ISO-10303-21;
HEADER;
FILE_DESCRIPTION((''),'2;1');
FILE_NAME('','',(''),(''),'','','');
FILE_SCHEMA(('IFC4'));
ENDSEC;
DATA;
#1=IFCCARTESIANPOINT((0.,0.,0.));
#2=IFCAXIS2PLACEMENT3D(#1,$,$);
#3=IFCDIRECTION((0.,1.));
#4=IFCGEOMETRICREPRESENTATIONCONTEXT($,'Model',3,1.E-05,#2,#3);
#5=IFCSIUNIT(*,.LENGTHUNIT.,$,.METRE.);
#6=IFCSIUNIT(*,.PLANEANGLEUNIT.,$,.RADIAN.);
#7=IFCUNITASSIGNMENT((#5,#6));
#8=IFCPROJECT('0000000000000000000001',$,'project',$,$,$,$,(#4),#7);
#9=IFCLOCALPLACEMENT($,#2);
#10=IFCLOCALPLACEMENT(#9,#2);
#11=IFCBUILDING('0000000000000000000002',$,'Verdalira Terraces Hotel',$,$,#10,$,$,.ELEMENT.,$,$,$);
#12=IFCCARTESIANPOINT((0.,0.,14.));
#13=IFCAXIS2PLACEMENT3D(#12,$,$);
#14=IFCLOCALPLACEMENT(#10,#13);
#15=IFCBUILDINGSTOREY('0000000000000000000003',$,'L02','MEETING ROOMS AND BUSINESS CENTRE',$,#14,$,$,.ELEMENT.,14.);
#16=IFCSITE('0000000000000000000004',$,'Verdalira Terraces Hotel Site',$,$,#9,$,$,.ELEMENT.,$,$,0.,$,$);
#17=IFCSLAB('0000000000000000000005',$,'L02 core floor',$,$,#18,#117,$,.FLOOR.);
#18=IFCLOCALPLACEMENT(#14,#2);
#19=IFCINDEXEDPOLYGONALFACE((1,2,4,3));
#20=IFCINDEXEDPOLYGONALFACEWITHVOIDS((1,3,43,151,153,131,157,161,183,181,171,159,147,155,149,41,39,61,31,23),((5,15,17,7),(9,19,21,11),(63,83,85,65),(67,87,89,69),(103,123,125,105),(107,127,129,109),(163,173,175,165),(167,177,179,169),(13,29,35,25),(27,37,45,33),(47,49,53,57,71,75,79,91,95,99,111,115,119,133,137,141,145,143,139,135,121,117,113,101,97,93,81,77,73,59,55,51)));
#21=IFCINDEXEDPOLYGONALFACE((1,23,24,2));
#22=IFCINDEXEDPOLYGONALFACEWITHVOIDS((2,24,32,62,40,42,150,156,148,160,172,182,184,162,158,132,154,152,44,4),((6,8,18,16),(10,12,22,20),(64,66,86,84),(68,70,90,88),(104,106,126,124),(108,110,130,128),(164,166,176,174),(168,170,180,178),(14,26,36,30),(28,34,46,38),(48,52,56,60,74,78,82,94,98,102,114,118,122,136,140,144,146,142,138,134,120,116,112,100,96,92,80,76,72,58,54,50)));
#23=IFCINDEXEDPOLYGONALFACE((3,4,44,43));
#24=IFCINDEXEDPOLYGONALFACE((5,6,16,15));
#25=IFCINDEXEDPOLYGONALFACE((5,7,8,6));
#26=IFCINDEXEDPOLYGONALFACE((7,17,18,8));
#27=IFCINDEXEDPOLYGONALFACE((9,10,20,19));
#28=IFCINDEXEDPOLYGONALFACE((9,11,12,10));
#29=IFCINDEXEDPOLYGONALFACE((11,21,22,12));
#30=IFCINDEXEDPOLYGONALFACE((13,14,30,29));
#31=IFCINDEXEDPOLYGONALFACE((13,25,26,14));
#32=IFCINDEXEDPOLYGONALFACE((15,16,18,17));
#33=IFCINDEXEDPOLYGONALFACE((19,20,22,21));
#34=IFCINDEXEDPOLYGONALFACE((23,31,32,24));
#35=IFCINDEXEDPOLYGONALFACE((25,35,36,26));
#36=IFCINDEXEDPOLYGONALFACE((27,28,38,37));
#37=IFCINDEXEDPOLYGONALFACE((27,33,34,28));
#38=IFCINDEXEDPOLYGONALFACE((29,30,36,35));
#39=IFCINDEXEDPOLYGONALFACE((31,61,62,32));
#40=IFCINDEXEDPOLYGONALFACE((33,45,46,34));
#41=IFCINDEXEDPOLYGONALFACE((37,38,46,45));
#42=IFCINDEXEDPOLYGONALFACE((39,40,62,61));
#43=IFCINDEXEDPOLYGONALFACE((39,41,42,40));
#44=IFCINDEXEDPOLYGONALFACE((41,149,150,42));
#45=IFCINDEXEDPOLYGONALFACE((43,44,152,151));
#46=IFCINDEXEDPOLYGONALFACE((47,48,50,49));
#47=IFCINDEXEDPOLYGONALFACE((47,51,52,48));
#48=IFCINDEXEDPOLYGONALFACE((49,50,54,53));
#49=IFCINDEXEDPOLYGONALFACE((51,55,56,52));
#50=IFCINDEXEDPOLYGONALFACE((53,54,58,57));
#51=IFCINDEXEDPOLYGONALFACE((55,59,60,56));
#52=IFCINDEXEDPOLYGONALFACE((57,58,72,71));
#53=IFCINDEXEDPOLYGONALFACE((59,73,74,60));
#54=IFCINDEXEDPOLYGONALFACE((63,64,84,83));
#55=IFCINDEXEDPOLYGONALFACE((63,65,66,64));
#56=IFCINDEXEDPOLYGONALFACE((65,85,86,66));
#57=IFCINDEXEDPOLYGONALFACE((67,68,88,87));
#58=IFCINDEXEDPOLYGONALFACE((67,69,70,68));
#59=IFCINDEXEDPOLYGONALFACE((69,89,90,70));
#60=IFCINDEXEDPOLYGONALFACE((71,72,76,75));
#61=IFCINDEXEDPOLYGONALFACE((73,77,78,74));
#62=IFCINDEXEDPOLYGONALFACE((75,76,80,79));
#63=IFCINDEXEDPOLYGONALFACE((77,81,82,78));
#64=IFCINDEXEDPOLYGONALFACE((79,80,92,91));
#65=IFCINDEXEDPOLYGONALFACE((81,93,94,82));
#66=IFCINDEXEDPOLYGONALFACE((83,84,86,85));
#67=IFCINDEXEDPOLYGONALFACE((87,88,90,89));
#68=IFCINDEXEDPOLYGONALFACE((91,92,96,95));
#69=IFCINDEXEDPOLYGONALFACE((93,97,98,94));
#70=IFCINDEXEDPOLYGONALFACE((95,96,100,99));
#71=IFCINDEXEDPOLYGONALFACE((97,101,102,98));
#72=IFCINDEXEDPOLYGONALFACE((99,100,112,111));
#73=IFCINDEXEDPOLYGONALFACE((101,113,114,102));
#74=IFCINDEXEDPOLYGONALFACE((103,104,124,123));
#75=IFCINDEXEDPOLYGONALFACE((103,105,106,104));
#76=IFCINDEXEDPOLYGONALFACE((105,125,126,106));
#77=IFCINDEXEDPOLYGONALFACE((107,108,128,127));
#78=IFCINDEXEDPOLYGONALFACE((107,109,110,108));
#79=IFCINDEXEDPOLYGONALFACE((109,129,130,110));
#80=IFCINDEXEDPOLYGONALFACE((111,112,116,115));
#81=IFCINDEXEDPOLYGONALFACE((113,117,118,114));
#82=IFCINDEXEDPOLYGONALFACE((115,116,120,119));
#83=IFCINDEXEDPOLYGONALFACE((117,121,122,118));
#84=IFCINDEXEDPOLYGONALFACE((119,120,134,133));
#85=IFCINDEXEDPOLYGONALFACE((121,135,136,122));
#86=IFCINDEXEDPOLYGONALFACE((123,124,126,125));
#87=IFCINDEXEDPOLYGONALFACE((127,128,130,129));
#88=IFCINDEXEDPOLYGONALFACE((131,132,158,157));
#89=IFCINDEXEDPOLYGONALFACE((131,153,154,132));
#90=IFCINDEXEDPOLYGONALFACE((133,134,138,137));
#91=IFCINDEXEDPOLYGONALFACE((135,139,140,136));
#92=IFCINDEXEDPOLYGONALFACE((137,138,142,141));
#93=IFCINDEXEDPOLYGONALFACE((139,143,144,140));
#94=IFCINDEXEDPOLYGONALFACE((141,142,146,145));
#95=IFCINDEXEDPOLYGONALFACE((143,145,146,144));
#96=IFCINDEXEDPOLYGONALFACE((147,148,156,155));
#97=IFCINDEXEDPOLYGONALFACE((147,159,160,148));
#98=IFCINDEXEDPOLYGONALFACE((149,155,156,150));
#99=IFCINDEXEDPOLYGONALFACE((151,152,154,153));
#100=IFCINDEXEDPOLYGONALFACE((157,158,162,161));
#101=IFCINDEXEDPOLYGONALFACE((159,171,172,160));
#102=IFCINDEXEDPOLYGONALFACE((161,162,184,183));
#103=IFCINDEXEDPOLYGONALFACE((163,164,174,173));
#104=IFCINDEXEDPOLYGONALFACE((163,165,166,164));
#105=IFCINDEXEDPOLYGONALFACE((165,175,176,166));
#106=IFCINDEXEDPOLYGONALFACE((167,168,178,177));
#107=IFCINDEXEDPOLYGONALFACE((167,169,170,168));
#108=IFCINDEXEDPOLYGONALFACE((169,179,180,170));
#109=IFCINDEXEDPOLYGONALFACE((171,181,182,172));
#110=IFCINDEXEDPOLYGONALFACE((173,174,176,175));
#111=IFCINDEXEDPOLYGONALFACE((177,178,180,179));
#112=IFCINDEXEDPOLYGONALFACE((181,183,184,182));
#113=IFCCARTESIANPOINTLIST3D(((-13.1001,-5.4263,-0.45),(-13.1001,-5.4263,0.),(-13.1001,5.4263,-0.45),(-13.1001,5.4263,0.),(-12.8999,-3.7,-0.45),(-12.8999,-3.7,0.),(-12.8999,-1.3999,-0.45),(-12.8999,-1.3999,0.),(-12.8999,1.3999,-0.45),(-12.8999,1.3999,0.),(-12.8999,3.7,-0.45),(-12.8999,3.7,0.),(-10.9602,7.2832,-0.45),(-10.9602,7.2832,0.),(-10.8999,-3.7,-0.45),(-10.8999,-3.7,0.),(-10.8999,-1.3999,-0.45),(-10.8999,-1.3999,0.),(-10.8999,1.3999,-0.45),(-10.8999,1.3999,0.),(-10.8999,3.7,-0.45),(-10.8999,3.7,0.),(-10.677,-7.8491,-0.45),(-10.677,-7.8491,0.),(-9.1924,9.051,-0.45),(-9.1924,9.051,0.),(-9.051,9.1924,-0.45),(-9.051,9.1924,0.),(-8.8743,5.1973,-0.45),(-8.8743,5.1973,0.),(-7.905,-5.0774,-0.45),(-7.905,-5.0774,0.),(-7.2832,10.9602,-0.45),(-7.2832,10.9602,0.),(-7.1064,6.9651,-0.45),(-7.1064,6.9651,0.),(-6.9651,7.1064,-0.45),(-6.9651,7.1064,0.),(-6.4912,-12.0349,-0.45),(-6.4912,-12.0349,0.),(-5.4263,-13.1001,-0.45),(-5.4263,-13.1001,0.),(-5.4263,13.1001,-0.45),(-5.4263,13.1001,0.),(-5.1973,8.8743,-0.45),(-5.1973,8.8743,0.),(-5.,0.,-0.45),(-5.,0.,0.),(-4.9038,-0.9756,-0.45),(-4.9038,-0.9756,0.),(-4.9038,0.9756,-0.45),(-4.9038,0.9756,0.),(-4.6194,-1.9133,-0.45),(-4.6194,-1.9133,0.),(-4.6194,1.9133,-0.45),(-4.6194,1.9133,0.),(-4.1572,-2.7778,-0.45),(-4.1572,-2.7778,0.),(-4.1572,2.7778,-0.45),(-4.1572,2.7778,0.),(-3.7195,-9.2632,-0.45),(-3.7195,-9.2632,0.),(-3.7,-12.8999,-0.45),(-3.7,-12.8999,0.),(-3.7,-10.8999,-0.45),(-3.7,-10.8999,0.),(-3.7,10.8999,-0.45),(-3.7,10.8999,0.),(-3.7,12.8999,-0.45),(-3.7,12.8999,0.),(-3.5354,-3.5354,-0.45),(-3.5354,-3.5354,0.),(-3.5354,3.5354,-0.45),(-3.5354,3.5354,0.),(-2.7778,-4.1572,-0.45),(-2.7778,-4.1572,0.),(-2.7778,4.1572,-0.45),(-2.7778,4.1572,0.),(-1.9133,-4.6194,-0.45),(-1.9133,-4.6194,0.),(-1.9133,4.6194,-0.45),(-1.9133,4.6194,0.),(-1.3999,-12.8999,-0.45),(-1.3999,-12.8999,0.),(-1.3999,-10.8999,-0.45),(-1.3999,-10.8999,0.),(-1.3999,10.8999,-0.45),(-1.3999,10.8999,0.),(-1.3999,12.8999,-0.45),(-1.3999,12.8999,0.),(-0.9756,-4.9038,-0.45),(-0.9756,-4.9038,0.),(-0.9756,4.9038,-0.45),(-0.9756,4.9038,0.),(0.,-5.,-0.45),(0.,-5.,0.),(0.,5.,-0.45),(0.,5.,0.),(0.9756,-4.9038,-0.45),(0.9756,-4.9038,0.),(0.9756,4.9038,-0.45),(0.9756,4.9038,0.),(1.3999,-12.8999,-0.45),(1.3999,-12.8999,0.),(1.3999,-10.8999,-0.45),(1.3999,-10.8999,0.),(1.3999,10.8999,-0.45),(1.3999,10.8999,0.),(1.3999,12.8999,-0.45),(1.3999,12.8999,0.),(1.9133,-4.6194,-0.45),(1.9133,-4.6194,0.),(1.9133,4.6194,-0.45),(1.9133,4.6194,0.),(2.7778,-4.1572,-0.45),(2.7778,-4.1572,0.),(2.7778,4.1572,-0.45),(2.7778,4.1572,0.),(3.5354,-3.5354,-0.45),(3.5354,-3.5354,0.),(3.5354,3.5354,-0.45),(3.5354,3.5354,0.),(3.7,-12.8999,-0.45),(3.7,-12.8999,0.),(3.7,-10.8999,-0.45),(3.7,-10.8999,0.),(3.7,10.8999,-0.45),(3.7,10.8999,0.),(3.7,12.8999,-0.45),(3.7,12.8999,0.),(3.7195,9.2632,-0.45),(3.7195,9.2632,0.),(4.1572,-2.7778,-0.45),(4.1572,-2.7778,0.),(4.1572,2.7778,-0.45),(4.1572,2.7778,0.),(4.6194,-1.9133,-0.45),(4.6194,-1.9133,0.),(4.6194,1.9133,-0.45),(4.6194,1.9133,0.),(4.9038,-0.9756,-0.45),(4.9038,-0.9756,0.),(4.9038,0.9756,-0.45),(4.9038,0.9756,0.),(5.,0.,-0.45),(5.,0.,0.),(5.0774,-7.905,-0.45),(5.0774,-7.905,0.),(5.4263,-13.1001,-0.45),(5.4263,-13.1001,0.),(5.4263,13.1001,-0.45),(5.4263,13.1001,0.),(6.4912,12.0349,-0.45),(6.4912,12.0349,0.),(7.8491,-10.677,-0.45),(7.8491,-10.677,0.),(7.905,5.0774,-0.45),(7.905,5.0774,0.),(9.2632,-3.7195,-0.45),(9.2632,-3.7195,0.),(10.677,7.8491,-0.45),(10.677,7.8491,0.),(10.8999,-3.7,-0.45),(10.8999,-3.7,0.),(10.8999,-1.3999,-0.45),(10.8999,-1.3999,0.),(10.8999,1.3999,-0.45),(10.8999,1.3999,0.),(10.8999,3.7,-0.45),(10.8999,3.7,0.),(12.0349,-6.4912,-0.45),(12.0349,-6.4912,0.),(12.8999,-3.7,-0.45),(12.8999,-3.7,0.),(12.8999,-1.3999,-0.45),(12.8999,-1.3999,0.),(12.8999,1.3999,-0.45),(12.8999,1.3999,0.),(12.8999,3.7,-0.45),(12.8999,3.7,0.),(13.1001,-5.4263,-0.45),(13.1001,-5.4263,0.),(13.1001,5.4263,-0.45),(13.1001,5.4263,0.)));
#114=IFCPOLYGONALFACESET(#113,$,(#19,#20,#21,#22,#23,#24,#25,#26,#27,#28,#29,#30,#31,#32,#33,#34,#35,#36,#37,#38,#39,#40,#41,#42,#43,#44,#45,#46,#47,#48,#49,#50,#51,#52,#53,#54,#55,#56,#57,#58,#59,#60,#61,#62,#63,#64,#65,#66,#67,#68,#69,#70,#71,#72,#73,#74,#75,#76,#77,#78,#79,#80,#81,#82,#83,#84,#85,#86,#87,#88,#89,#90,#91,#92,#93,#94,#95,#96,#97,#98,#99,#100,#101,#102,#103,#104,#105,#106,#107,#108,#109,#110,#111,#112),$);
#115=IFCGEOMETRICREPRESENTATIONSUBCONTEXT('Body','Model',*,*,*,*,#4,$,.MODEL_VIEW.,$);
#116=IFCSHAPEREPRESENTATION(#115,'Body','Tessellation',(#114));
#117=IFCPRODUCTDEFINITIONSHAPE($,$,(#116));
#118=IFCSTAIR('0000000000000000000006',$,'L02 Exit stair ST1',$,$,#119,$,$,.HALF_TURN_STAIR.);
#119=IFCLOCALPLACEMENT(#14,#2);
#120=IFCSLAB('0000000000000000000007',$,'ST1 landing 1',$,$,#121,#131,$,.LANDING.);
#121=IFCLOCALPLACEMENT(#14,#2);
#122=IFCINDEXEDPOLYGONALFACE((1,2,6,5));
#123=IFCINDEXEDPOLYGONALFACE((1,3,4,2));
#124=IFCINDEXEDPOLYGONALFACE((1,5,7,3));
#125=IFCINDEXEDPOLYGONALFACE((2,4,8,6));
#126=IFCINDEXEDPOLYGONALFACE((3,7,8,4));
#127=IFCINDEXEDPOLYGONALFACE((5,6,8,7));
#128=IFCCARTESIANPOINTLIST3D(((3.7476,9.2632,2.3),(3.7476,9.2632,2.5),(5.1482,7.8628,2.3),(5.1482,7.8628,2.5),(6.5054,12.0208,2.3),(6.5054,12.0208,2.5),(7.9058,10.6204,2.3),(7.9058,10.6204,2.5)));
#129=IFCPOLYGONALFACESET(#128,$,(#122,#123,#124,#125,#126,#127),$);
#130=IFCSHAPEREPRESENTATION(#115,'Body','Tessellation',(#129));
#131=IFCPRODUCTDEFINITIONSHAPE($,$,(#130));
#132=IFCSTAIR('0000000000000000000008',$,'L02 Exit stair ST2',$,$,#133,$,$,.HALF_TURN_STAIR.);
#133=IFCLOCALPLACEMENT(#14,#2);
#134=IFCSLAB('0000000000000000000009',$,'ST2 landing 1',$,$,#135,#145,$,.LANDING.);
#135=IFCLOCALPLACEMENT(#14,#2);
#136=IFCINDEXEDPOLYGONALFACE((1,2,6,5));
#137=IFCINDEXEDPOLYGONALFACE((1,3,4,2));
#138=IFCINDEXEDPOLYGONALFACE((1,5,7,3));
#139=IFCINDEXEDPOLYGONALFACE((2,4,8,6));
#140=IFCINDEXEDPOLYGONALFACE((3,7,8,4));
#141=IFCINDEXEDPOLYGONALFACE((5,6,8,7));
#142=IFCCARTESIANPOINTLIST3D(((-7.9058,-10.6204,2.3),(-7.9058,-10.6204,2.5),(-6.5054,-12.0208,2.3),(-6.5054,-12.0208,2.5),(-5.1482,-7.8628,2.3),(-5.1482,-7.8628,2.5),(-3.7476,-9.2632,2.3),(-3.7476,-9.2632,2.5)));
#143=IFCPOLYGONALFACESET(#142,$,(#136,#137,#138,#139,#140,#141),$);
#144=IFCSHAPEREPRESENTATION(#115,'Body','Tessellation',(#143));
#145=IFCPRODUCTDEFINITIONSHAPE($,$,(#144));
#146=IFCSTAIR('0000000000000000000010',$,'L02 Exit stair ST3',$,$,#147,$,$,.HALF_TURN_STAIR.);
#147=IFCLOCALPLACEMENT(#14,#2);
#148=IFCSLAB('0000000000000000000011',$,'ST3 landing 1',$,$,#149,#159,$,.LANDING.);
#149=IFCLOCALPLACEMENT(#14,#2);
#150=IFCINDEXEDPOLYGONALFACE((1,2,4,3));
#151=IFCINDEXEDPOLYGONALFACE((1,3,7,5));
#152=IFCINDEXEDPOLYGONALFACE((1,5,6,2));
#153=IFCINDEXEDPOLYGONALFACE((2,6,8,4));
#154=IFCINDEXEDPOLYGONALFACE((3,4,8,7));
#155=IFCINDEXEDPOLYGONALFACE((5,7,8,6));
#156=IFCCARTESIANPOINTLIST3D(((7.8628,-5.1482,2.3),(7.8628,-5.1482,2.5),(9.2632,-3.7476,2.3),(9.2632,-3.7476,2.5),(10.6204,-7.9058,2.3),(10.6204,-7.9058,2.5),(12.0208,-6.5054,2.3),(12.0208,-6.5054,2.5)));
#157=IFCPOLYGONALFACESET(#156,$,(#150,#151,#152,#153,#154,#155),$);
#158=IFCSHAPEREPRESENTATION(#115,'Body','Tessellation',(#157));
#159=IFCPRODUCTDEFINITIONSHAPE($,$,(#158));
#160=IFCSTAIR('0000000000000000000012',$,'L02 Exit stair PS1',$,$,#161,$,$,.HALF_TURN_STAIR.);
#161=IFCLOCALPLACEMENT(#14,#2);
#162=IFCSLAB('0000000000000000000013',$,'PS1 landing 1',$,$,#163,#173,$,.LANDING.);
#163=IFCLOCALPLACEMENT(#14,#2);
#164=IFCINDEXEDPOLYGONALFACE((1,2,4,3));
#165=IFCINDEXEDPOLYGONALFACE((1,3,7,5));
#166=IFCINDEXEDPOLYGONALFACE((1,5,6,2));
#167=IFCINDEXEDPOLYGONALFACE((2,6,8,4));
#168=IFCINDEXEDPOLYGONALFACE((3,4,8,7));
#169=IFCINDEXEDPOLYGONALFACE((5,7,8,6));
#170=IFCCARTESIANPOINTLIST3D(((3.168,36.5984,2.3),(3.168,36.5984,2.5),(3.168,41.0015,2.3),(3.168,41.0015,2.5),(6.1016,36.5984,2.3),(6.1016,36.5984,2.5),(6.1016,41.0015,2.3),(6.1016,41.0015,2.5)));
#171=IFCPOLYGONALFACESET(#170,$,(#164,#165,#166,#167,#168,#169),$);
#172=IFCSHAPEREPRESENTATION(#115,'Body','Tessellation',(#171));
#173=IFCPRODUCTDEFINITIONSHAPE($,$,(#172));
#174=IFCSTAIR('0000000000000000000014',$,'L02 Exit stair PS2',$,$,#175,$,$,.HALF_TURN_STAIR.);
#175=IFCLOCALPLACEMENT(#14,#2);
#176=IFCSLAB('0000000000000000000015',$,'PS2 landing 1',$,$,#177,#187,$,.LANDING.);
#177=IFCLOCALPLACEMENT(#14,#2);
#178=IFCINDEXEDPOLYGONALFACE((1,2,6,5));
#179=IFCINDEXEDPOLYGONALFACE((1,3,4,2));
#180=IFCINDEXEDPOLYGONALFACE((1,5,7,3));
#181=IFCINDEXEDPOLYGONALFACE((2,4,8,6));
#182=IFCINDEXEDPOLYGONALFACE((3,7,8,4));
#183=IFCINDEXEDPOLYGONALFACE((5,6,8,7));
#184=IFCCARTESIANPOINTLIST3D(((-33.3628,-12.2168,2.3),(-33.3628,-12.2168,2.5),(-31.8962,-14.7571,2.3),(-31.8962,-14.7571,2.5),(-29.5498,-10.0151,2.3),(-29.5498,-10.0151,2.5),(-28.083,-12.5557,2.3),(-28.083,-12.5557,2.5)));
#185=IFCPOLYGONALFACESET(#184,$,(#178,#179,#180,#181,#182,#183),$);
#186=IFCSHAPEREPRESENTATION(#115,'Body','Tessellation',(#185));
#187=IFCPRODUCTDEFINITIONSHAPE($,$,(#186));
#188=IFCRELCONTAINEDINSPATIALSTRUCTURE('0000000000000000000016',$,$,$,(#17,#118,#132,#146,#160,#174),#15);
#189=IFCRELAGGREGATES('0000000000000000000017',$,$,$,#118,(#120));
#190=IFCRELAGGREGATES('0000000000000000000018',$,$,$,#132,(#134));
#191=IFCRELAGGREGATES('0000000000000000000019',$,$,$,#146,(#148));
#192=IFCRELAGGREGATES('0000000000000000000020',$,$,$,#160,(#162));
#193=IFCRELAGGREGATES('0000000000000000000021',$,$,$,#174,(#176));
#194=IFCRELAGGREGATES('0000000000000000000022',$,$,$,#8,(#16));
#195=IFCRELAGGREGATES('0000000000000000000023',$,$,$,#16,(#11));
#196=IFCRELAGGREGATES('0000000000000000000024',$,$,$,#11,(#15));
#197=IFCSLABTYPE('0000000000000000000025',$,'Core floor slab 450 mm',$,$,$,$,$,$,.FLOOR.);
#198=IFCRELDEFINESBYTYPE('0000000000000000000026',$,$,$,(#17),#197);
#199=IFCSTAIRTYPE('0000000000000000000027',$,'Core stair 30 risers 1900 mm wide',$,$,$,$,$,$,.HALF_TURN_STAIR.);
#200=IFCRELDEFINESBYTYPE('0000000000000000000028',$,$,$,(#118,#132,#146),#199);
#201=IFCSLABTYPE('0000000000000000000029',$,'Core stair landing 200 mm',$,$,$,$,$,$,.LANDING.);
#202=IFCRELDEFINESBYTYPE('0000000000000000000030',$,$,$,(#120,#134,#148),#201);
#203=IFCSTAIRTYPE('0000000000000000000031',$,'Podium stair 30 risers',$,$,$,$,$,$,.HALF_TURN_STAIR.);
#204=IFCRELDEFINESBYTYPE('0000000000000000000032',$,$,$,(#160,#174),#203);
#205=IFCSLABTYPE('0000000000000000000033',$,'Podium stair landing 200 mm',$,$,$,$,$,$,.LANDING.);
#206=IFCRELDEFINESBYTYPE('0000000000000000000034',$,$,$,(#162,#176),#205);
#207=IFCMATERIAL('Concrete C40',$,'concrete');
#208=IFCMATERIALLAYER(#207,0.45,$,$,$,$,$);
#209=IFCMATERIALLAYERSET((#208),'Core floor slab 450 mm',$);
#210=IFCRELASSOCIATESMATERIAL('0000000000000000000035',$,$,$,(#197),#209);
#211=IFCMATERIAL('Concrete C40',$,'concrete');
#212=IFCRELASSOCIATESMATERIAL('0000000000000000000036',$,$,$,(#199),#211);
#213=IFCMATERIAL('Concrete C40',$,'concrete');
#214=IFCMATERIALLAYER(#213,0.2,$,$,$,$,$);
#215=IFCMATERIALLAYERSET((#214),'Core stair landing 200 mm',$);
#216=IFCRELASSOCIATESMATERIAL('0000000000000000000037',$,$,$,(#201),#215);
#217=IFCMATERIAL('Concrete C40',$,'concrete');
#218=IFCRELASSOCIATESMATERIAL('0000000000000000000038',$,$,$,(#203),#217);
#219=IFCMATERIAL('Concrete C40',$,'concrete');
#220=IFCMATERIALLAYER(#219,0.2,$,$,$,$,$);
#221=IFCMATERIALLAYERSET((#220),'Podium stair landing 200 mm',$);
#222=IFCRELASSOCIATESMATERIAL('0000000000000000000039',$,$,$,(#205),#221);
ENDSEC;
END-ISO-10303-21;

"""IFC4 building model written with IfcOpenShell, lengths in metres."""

from ifc_helpers import new_model, si_unit, direction, frame, origin, place, context, subcontext, project, spatial, polyline, outline, extrude, material, layer, layer_set, type_object, element, aggregate, save


model = new_model("IFC4")

# Units and contexts
model_context = context("Model", 3, precision=1e-05, world=origin(), true_north=direction((0.0, 1.0)))
body_context = subcontext(model_context, "Body", "Model", "MODEL_VIEW")
ifc_project = project(units=[si_unit("LENGTHUNIT", "METRE"), si_unit("PLANEANGLEUNIT", "RADIAN")], contexts=[model_context])

# Site, building, storey
site_placement = place(None, origin())
site = spatial("IfcSite", under=ifc_project, at=site_placement, Name="Verdalira Terraces Hotel Site", CompositionType="ELEMENT", RefElevation=0.0)
building_placement = place(site_placement, origin())
building = spatial("IfcBuilding", under=site, at=building_placement, Name="Verdalira Terraces Hotel", CompositionType="ELEMENT")
storey_placement = place(building_placement, frame((0.0, 0.0, 14.0)))
storey = spatial("IfcBuildingStorey", under=building, at=storey_placement, Name="L02", Description="MEETING ROOMS AND BUSINESS CENTRE", CompositionType="ELEMENT", Elevation=14.0)

# Slab
ifc_material_1 = material(Name="Concrete C40", Category="concrete")
ifc_layer_1 = layer(ifc_material_1, 0.45)
ifc_layer_set_1 = layer_set([ifc_layer_1], Name="Core floor slab 450 mm")
slab_type_1 = type_object("IfcSlabType", Name="Core floor slab 450 mm", PredefinedType="FLOOR", material=ifc_layer_set_1)
slab_1_placement = place(storey_placement, frame((0.0, 0.0, -0.45)))
element("IfcSlab", 1, at=slab_1_placement, inside=storey, type_object=slab_type_1, Name="L02 core floor", PredefinedType="FLOOR", context=body_context, shape_type="SweptSolid", body=[
    extrude(outline(polyline([(-5.4263, 13.1001), (5.4263, 13.1001), (6.4912, 12.0349), (3.7195, 9.2632), (7.905, 5.0774), (10.677, 7.8491), (13.1001, 5.4263), (13.1001, -5.4263), (12.0349, -6.4912), (9.2632, -3.7195), (5.0774, -7.905), (7.8491, -10.677), (5.4263, -13.1001), (-5.4263, -13.1001), (-6.4912, -12.0349), (-3.7195, -9.2632), (-7.905, -5.0774), (-10.677, -7.8491), (-13.1001, -5.4263), (-13.1001, 5.4263), (-5.4263, 13.1001)]), holes=[polyline([(12.8999, -3.7), (12.8999, -1.3999), (10.8999, -1.3999), (10.8999, -3.7), (12.8999, -3.7)]), polyline([(12.8999, 1.3999), (12.8999, 3.7), (10.8999, 3.7), (10.8999, 1.3999), (12.8999, 1.3999)]), polyline([(1.3999, 10.8999), (3.7, 10.8999), (3.7, 12.8999), (1.3999, 12.8999), (1.3999, 10.8999)]), polyline([(-3.7, 10.8999), (-1.3999, 10.8999), (-1.3999, 12.8999), (-3.7, 12.8999), (-3.7, 10.8999)]), polyline([(-12.8999, 3.7), (-12.8999, 1.3999), (-10.8999, 1.3999), (-10.8999, 3.7), (-12.8999, 3.7)]), polyline([(-12.8999, -1.3999), (-12.8999, -3.7), (-10.8999, -3.7), (-10.8999, -1.3999), (-12.8999, -1.3999)]), polyline([(-1.3999, -10.8999), (-3.7, -10.8999), (-3.7, -12.8999), (-1.3999, -12.8999), (-1.3999, -10.8999)]), polyline([(3.7, -10.8999), (1.3999, -10.8999), (1.3999, -12.8999), (3.7, -12.8999), (3.7, -10.8999)]), polyline([(-9.051, 9.1924), (-6.9651, 7.1064), (-5.1973, 8.8743), (-7.2832, 10.9602), (-9.051, 9.1924)]), polyline([(-9.1924, 9.051), (-10.9602, 7.2832), (-8.8743, 5.1973), (-7.1064, 6.9651), (-9.1924, 9.051)]), polyline([(3.5354, 3.5354), (2.7778, 4.1572), (1.9133, 4.6194), (0.9756, 4.9038), (0.0, 5.0), (-0.9756, 4.9038), (-1.9133, 4.6194), (-2.7778, 4.1572), (-3.5354, 3.5354), (-4.1572, 2.7778), (-4.6194, 1.9133), (-4.9038, 0.9756), (-5.0, 0.0), (-4.9038, -0.9756), (-4.6194, -1.9133), (-4.1572, -2.7778), (-3.5354, -3.5354), (-2.7778, -4.1572), (-1.9133, -4.6194), (-0.9756, -4.9038), (0.0, -5.0), (0.9756, -4.9038), (1.9133, -4.6194), (2.7778, -4.1572), (3.5354, -3.5354), (4.1572, -2.7778), (4.6194, -1.9133), (4.9038, -0.9756), (5.0, 0.0), (4.9038, 0.9756), (4.6194, 1.9133), (4.1572, 2.7778), (3.5354, 3.5354)])]), origin(), (0.0, 0.0, 1.0), 0.45),
])

# Stairs, slabs
ifc_material_2 = material(Name="Concrete C40", Category="concrete")
stair_type_1 = type_object("IfcStairType", Name="Core stair 30 risers 1900 mm wide", PredefinedType="HALF_TURN_STAIR", material=ifc_material_2)
stair_1_placement = place(storey_placement, origin())
stair_1 = element("IfcStair", 2, at=stair_1_placement, inside=storey, type_object=stair_type_1, Name="L02 Exit stair ST1", PredefinedType="HALF_TURN_STAIR")
ifc_material_3 = material(Name="Concrete C40", Category="concrete")
ifc_layer_2 = layer(ifc_material_3, 0.2)
ifc_layer_set_2 = layer_set([ifc_layer_2], Name="Core stair landing 200 mm")
slab_type_2 = type_object("IfcSlabType", Name="Core stair landing 200 mm", PredefinedType="LANDING", material=ifc_layer_set_2)
slab_2_placement = place(storey_placement, frame((0.0, 0.0, 2.3)))
slab_2 = element("IfcSlab", 3, at=slab_2_placement, type_object=slab_type_2, Name="ST1 landing 1", PredefinedType="LANDING", context=body_context, shape_type="SweptSolid", body=[
    extrude(outline(polyline([(7.9058, 10.6204), (6.5054, 12.0208), (3.7476, 9.2632), (5.1482, 7.8628), (7.9058, 10.6204)])), origin(), (0.0, 0.0, 1.0), 0.2),
])
aggregate(stair_1, [slab_2])
stair_2_placement = place(storey_placement, origin())
stair_2 = element("IfcStair", 4, at=stair_2_placement, inside=storey, type_object=stair_type_1, Name="L02 Exit stair ST2", PredefinedType="HALF_TURN_STAIR")
slab_3_placement = place(storey_placement, frame((0.0, 0.0, 2.3)))
slab_3 = element("IfcSlab", 5, at=slab_3_placement, type_object=slab_type_2, Name="ST2 landing 1", PredefinedType="LANDING", context=body_context, shape_type="SweptSolid", body=[
    extrude(outline(polyline([(-7.9058, -10.6204), (-6.5054, -12.0208), (-3.7476, -9.2632), (-5.1482, -7.8628), (-7.9058, -10.6204)])), origin(), (0.0, 0.0, 1.0), 0.2),
])
aggregate(stair_2, [slab_3])
stair_3_placement = place(storey_placement, origin())
stair_3 = element("IfcStair", 6, at=stair_3_placement, inside=storey, type_object=stair_type_1, Name="L02 Exit stair ST3", PredefinedType="HALF_TURN_STAIR")
slab_4_placement = place(storey_placement, frame((0.0, 0.0, 2.3)))
slab_4 = element("IfcSlab", 7, at=slab_4_placement, type_object=slab_type_2, Name="ST3 landing 1", PredefinedType="LANDING", context=body_context, shape_type="SweptSolid", body=[
    extrude(outline(polyline([(10.6204, -7.9058), (12.0208, -6.5054), (9.2632, -3.7476), (7.8628, -5.1482), (10.6204, -7.9058)])), origin(), (0.0, 0.0, 1.0), 0.2),
])
aggregate(stair_3, [slab_4])
ifc_material_4 = material(Name="Concrete C40", Category="concrete")
stair_type_2 = type_object("IfcStairType", Name="Podium stair 30 risers", PredefinedType="HALF_TURN_STAIR", material=ifc_material_4)
stair_4_placement = place(storey_placement, origin())
stair_4 = element("IfcStair", 8, at=stair_4_placement, inside=storey, type_object=stair_type_2, Name="L02 Exit stair PS1", PredefinedType="HALF_TURN_STAIR")
ifc_material_5 = material(Name="Concrete C40", Category="concrete")
ifc_layer_3 = layer(ifc_material_5, 0.2)
ifc_layer_set_3 = layer_set([ifc_layer_3], Name="Podium stair landing 200 mm")
slab_type_3 = type_object("IfcSlabType", Name="Podium stair landing 200 mm", PredefinedType="LANDING", material=ifc_layer_set_3)
slab_5_placement = place(storey_placement, frame((0.0, 0.0, 2.3)))
slab_5 = element("IfcSlab", 9, at=slab_5_placement, type_object=slab_type_3, Name="PS1 landing 1", PredefinedType="LANDING", context=body_context, shape_type="SweptSolid", body=[
    extrude(outline(polyline([(6.1016, 41.0015), (3.168, 41.0015), (3.168, 36.5984), (6.1016, 36.5984), (6.1016, 41.0015)])), origin(), (0.0, 0.0, 1.0), 0.2),
])
aggregate(stair_4, [slab_5])
stair_5_placement = place(storey_placement, origin())
stair_5 = element("IfcStair", 10, at=stair_5_placement, inside=storey, type_object=stair_type_2, Name="L02 Exit stair PS2", PredefinedType="HALF_TURN_STAIR")
slab_6_placement = place(storey_placement, frame((0.0, 0.0, 2.3)))
slab_6 = element("IfcSlab", 11, at=slab_6_placement, type_object=slab_type_3, Name="PS2 landing 1", PredefinedType="LANDING", context=body_context, shape_type="SweptSolid", body=[
    extrude(outline(polyline([(-33.3628, -12.2168), (-31.8962, -14.7571), (-28.083, -12.5557), (-29.5498, -10.0151), (-33.3628, -12.2168)])), origin(), (0.0, 0.0, 1.0), 0.2),
])
aggregate(stair_5, [slab_6])

save(model, "model.ifc")
